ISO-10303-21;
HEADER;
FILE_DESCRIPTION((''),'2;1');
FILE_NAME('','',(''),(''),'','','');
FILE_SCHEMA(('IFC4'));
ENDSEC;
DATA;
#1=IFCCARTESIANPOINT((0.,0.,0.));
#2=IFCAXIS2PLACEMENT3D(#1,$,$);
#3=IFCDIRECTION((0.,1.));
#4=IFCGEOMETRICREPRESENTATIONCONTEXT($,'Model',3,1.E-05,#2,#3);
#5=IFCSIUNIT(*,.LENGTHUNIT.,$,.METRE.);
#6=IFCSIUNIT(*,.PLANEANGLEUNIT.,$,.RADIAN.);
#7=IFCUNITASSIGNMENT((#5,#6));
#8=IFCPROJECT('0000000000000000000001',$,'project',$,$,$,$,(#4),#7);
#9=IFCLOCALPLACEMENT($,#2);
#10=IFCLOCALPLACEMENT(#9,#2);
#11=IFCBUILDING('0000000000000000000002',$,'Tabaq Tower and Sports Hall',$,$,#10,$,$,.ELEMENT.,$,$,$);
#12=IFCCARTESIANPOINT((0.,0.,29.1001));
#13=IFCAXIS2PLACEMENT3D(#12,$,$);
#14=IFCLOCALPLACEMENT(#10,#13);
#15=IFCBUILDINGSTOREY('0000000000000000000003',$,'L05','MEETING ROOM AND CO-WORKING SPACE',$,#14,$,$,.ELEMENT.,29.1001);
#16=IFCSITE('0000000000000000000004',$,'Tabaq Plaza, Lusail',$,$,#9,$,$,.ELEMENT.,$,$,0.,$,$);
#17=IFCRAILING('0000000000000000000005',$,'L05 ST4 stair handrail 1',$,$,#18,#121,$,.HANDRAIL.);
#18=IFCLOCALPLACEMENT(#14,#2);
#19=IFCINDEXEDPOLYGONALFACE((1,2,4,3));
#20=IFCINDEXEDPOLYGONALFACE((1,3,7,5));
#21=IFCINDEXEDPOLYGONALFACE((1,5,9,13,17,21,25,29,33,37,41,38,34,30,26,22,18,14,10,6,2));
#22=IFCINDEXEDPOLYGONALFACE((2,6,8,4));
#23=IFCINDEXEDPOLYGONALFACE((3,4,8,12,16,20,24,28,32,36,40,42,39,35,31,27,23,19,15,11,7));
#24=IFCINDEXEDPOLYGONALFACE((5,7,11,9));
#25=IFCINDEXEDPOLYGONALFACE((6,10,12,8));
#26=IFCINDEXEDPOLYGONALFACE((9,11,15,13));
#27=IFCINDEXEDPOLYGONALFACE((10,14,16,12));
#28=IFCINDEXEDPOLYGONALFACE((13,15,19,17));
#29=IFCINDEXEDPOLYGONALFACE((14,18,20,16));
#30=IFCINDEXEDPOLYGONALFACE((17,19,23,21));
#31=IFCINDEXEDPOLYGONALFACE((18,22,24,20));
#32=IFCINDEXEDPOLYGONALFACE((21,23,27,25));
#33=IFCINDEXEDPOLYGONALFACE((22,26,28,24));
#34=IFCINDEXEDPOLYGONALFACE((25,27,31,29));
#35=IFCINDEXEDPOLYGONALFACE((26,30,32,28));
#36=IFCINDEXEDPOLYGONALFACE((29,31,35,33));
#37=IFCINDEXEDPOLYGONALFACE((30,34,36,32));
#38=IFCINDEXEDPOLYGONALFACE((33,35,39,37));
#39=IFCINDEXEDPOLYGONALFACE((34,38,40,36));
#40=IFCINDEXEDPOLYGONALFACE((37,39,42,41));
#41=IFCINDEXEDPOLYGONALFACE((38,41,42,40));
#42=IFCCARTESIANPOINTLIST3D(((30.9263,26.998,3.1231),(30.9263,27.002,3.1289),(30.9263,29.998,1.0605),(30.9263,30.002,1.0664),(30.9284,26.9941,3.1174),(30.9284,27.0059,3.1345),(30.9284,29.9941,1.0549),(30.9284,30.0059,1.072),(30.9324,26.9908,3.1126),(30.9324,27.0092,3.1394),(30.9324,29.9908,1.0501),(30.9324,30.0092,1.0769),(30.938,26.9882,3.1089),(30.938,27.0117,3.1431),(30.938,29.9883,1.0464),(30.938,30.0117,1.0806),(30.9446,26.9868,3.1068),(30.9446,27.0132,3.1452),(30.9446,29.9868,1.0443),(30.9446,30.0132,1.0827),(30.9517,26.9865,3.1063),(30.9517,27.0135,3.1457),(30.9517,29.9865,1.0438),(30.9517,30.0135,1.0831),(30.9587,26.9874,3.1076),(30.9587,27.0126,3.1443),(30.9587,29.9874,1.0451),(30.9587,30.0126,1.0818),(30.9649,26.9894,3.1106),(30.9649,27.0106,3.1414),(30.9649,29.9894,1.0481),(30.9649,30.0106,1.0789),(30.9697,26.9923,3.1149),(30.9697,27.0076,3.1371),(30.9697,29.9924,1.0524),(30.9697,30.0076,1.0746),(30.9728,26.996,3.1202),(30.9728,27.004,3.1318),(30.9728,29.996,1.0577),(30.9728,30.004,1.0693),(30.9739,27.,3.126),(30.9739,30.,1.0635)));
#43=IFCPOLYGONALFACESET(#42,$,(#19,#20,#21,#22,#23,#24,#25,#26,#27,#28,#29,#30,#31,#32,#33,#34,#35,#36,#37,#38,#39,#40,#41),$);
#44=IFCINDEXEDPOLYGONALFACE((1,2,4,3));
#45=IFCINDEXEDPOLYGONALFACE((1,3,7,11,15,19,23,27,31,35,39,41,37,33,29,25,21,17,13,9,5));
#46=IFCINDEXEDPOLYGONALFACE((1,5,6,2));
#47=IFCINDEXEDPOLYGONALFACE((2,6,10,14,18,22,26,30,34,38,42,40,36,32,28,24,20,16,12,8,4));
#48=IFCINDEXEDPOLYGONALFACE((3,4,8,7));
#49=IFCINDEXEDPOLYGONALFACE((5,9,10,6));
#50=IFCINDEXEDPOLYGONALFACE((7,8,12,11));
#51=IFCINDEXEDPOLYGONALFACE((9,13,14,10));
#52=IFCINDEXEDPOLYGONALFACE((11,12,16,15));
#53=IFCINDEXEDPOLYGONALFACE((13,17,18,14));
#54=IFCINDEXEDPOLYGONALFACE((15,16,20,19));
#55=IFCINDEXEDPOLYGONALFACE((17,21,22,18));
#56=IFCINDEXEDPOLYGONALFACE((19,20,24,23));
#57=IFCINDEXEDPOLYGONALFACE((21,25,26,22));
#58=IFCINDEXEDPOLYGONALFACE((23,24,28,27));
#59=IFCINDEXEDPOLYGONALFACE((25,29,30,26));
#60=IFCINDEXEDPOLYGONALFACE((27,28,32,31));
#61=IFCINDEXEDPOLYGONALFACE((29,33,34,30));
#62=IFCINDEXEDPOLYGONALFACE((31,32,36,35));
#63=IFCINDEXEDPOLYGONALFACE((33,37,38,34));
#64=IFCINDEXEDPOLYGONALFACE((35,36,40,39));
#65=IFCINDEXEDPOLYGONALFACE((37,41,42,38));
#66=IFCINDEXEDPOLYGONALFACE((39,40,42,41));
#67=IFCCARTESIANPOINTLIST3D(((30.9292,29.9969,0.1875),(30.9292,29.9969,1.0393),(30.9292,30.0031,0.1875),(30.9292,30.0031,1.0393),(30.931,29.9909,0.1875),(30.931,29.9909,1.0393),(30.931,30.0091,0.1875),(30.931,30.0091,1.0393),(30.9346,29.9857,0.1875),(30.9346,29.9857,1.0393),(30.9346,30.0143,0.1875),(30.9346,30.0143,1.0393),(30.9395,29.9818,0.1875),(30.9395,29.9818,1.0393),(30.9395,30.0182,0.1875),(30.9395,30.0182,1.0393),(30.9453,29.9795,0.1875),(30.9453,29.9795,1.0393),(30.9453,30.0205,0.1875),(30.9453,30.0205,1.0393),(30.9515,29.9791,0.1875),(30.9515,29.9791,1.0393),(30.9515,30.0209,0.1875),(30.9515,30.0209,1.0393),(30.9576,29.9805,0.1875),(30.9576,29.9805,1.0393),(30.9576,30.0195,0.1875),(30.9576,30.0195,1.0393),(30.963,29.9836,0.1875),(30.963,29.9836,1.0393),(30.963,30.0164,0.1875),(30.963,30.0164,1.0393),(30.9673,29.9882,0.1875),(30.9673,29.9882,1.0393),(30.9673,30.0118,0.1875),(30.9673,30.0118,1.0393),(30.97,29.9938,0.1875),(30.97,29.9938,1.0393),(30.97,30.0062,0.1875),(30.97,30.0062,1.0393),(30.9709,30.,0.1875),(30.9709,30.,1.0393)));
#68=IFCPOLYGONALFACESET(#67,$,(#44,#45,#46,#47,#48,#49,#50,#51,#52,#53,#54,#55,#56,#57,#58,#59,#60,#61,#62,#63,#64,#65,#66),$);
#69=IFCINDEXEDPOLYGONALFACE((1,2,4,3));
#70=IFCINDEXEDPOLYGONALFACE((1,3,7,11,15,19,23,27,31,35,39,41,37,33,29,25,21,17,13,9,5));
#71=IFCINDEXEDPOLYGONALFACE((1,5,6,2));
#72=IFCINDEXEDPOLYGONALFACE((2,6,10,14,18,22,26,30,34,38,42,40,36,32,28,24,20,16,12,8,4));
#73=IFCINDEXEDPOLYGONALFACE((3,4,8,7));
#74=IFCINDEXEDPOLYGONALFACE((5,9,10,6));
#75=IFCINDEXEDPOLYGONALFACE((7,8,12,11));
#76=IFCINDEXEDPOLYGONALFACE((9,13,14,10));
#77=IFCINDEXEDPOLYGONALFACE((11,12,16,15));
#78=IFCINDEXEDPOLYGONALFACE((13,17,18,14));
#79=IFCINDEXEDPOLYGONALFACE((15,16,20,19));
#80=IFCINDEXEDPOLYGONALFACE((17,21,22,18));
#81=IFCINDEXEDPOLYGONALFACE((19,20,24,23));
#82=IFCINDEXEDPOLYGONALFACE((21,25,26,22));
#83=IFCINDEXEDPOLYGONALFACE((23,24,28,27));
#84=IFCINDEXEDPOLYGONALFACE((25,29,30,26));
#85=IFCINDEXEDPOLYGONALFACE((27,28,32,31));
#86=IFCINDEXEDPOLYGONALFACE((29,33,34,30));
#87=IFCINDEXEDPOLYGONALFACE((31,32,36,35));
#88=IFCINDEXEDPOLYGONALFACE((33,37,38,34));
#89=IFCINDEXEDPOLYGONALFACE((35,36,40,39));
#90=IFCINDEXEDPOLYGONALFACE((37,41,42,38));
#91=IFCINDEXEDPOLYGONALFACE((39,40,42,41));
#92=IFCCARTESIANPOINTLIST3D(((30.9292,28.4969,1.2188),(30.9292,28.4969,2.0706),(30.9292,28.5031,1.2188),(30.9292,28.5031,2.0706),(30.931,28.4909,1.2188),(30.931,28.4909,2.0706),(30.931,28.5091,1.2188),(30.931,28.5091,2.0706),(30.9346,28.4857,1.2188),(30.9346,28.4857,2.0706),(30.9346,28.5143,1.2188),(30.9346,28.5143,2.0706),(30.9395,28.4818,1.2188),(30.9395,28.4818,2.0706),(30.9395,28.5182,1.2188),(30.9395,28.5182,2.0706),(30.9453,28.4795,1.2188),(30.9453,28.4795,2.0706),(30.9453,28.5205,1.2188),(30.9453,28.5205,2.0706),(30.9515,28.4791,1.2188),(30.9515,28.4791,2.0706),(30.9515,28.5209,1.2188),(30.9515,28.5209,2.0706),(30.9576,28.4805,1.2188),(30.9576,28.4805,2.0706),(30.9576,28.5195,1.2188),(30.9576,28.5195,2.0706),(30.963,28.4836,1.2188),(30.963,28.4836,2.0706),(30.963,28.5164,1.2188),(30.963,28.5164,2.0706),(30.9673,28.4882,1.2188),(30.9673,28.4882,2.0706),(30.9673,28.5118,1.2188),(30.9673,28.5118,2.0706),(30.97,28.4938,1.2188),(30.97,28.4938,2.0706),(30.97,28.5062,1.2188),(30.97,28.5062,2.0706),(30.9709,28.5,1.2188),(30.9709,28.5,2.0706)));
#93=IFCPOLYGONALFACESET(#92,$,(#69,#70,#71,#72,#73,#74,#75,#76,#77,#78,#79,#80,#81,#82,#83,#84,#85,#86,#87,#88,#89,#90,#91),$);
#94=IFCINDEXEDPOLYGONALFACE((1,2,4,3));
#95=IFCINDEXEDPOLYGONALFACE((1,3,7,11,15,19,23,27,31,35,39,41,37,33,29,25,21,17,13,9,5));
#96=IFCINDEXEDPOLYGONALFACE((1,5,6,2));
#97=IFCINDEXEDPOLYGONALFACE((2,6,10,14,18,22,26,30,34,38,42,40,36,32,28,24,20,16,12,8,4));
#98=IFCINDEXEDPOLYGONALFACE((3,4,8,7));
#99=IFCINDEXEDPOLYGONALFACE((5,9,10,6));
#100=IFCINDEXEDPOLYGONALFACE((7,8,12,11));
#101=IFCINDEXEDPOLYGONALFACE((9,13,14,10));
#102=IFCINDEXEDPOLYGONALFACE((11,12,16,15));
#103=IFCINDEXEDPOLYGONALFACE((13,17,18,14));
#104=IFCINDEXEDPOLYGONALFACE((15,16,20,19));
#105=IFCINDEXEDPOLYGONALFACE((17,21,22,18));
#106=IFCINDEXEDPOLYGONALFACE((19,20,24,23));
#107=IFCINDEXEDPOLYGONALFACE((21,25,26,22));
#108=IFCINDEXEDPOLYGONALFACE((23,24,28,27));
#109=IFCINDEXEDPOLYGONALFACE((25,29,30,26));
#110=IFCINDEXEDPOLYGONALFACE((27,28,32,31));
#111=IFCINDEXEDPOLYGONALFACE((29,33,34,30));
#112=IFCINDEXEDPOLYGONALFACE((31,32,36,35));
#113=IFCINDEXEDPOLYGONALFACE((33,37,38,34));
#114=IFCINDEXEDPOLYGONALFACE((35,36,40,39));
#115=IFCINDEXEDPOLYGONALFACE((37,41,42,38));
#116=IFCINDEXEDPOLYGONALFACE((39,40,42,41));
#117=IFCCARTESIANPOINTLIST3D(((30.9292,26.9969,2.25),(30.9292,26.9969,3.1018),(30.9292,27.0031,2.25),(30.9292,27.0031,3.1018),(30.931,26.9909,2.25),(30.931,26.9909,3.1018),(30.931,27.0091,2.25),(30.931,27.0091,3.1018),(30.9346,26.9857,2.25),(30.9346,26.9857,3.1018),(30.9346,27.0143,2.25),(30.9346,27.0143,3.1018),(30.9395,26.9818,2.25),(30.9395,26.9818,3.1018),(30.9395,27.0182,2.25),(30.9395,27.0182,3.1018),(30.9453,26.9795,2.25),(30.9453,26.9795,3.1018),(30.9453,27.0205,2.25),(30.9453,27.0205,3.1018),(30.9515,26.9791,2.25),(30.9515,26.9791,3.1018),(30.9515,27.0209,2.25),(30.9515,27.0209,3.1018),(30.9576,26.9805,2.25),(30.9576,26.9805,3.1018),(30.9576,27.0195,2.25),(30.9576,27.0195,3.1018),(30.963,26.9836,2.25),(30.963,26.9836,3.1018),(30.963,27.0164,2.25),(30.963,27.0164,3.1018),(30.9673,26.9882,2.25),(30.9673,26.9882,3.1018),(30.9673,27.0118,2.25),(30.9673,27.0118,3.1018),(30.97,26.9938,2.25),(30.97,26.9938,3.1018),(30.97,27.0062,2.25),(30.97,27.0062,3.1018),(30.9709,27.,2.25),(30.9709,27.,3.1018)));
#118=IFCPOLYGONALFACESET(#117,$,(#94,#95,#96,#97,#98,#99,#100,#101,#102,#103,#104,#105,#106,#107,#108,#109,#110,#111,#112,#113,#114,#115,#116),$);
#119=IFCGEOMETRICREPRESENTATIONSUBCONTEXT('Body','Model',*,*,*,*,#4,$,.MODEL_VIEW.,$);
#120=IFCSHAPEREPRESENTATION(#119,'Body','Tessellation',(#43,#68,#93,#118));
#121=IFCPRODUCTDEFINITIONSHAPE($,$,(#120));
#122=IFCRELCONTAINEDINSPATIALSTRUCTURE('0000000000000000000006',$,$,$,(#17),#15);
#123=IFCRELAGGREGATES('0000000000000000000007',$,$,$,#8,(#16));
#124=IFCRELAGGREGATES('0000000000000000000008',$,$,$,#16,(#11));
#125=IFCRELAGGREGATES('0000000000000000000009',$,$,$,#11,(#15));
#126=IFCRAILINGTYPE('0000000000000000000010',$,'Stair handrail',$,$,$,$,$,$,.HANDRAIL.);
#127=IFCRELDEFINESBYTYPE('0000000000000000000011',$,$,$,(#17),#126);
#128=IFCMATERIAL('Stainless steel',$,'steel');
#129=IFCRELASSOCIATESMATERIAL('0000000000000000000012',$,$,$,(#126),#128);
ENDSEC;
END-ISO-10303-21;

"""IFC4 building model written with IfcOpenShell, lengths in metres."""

from ifc_helpers import new_model, si_unit, direction, frame, origin, origin_2d, place, context, subcontext, project, spatial, circle, extrude, material, type_object, element, save


model = new_model("IFC4")

# Units and contexts
model_context = context("Model", 3, precision=1e-05, world=origin(), true_north=direction((0.0, 1.0)))
body_context = subcontext(model_context, "Body", "Model", "MODEL_VIEW")
ifc_project = project(units=[si_unit("LENGTHUNIT", "METRE"), si_unit("PLANEANGLEUNIT", "RADIAN")], contexts=[model_context])

# Site, building, storey
site_placement = place(None, origin())
site = spatial("IfcSite", under=ifc_project, at=site_placement, Name="Tabaq Plaza, Lusail", CompositionType="ELEMENT", RefElevation=0.0)
building_placement = place(site_placement, origin())
building = spatial("IfcBuilding", under=site, at=building_placement, Name="Tabaq Tower and Sports Hall", CompositionType="ELEMENT")
storey_placement = place(building_placement, frame((0.0, 0.0, 29.1001)))
storey = spatial("IfcBuildingStorey", under=building, at=storey_placement, Name="L05", Description="MEETING ROOM AND CO-WORKING SPACE", CompositionType="ELEMENT", Elevation=29.1001)

# Railing
ifc_material_1 = material(Name="Stainless steel", Category="steel")
railing_type_1 = type_object("IfcRailingType", Name="Stair handrail", PredefinedType="HANDRAIL", material=ifc_material_1)
railing_1_placement = place(storey_placement, frame((30.95, 30.0, 0.1875)))
element("IfcRailing", 1, at=railing_1_placement, inside=storey, type_object=railing_type_1, Name="L05 ST4 stair handrail 1", PredefinedType="HANDRAIL", context=body_context, shape_type="SweptSolid", body=[
    extrude(circle(Radius=0.0239, at=origin_2d()), frame((0.0, 0.0, 0.876), z_axis=(0.0, -0.824042, 0.566529), x_axis=(1.0, 0.0, 0.0)), (0.0, 0.0, 1.0), 3.6406),
    extrude(circle(Radius=0.021, at=origin_2d()), origin(), (0.0, 0.0, 1.0), 0.8518),
    extrude(circle(Radius=0.021, at=origin_2d()), frame((0.0, -1.5, 1.0312)), (0.0, 0.0, 1.0), 0.8518),
    extrude(circle(Radius=0.021, at=origin_2d()), frame((0.0, -3.0, 2.0625)), (0.0, 0.0, 1.0), 0.8518),
])

save(model, "model.ifc")
